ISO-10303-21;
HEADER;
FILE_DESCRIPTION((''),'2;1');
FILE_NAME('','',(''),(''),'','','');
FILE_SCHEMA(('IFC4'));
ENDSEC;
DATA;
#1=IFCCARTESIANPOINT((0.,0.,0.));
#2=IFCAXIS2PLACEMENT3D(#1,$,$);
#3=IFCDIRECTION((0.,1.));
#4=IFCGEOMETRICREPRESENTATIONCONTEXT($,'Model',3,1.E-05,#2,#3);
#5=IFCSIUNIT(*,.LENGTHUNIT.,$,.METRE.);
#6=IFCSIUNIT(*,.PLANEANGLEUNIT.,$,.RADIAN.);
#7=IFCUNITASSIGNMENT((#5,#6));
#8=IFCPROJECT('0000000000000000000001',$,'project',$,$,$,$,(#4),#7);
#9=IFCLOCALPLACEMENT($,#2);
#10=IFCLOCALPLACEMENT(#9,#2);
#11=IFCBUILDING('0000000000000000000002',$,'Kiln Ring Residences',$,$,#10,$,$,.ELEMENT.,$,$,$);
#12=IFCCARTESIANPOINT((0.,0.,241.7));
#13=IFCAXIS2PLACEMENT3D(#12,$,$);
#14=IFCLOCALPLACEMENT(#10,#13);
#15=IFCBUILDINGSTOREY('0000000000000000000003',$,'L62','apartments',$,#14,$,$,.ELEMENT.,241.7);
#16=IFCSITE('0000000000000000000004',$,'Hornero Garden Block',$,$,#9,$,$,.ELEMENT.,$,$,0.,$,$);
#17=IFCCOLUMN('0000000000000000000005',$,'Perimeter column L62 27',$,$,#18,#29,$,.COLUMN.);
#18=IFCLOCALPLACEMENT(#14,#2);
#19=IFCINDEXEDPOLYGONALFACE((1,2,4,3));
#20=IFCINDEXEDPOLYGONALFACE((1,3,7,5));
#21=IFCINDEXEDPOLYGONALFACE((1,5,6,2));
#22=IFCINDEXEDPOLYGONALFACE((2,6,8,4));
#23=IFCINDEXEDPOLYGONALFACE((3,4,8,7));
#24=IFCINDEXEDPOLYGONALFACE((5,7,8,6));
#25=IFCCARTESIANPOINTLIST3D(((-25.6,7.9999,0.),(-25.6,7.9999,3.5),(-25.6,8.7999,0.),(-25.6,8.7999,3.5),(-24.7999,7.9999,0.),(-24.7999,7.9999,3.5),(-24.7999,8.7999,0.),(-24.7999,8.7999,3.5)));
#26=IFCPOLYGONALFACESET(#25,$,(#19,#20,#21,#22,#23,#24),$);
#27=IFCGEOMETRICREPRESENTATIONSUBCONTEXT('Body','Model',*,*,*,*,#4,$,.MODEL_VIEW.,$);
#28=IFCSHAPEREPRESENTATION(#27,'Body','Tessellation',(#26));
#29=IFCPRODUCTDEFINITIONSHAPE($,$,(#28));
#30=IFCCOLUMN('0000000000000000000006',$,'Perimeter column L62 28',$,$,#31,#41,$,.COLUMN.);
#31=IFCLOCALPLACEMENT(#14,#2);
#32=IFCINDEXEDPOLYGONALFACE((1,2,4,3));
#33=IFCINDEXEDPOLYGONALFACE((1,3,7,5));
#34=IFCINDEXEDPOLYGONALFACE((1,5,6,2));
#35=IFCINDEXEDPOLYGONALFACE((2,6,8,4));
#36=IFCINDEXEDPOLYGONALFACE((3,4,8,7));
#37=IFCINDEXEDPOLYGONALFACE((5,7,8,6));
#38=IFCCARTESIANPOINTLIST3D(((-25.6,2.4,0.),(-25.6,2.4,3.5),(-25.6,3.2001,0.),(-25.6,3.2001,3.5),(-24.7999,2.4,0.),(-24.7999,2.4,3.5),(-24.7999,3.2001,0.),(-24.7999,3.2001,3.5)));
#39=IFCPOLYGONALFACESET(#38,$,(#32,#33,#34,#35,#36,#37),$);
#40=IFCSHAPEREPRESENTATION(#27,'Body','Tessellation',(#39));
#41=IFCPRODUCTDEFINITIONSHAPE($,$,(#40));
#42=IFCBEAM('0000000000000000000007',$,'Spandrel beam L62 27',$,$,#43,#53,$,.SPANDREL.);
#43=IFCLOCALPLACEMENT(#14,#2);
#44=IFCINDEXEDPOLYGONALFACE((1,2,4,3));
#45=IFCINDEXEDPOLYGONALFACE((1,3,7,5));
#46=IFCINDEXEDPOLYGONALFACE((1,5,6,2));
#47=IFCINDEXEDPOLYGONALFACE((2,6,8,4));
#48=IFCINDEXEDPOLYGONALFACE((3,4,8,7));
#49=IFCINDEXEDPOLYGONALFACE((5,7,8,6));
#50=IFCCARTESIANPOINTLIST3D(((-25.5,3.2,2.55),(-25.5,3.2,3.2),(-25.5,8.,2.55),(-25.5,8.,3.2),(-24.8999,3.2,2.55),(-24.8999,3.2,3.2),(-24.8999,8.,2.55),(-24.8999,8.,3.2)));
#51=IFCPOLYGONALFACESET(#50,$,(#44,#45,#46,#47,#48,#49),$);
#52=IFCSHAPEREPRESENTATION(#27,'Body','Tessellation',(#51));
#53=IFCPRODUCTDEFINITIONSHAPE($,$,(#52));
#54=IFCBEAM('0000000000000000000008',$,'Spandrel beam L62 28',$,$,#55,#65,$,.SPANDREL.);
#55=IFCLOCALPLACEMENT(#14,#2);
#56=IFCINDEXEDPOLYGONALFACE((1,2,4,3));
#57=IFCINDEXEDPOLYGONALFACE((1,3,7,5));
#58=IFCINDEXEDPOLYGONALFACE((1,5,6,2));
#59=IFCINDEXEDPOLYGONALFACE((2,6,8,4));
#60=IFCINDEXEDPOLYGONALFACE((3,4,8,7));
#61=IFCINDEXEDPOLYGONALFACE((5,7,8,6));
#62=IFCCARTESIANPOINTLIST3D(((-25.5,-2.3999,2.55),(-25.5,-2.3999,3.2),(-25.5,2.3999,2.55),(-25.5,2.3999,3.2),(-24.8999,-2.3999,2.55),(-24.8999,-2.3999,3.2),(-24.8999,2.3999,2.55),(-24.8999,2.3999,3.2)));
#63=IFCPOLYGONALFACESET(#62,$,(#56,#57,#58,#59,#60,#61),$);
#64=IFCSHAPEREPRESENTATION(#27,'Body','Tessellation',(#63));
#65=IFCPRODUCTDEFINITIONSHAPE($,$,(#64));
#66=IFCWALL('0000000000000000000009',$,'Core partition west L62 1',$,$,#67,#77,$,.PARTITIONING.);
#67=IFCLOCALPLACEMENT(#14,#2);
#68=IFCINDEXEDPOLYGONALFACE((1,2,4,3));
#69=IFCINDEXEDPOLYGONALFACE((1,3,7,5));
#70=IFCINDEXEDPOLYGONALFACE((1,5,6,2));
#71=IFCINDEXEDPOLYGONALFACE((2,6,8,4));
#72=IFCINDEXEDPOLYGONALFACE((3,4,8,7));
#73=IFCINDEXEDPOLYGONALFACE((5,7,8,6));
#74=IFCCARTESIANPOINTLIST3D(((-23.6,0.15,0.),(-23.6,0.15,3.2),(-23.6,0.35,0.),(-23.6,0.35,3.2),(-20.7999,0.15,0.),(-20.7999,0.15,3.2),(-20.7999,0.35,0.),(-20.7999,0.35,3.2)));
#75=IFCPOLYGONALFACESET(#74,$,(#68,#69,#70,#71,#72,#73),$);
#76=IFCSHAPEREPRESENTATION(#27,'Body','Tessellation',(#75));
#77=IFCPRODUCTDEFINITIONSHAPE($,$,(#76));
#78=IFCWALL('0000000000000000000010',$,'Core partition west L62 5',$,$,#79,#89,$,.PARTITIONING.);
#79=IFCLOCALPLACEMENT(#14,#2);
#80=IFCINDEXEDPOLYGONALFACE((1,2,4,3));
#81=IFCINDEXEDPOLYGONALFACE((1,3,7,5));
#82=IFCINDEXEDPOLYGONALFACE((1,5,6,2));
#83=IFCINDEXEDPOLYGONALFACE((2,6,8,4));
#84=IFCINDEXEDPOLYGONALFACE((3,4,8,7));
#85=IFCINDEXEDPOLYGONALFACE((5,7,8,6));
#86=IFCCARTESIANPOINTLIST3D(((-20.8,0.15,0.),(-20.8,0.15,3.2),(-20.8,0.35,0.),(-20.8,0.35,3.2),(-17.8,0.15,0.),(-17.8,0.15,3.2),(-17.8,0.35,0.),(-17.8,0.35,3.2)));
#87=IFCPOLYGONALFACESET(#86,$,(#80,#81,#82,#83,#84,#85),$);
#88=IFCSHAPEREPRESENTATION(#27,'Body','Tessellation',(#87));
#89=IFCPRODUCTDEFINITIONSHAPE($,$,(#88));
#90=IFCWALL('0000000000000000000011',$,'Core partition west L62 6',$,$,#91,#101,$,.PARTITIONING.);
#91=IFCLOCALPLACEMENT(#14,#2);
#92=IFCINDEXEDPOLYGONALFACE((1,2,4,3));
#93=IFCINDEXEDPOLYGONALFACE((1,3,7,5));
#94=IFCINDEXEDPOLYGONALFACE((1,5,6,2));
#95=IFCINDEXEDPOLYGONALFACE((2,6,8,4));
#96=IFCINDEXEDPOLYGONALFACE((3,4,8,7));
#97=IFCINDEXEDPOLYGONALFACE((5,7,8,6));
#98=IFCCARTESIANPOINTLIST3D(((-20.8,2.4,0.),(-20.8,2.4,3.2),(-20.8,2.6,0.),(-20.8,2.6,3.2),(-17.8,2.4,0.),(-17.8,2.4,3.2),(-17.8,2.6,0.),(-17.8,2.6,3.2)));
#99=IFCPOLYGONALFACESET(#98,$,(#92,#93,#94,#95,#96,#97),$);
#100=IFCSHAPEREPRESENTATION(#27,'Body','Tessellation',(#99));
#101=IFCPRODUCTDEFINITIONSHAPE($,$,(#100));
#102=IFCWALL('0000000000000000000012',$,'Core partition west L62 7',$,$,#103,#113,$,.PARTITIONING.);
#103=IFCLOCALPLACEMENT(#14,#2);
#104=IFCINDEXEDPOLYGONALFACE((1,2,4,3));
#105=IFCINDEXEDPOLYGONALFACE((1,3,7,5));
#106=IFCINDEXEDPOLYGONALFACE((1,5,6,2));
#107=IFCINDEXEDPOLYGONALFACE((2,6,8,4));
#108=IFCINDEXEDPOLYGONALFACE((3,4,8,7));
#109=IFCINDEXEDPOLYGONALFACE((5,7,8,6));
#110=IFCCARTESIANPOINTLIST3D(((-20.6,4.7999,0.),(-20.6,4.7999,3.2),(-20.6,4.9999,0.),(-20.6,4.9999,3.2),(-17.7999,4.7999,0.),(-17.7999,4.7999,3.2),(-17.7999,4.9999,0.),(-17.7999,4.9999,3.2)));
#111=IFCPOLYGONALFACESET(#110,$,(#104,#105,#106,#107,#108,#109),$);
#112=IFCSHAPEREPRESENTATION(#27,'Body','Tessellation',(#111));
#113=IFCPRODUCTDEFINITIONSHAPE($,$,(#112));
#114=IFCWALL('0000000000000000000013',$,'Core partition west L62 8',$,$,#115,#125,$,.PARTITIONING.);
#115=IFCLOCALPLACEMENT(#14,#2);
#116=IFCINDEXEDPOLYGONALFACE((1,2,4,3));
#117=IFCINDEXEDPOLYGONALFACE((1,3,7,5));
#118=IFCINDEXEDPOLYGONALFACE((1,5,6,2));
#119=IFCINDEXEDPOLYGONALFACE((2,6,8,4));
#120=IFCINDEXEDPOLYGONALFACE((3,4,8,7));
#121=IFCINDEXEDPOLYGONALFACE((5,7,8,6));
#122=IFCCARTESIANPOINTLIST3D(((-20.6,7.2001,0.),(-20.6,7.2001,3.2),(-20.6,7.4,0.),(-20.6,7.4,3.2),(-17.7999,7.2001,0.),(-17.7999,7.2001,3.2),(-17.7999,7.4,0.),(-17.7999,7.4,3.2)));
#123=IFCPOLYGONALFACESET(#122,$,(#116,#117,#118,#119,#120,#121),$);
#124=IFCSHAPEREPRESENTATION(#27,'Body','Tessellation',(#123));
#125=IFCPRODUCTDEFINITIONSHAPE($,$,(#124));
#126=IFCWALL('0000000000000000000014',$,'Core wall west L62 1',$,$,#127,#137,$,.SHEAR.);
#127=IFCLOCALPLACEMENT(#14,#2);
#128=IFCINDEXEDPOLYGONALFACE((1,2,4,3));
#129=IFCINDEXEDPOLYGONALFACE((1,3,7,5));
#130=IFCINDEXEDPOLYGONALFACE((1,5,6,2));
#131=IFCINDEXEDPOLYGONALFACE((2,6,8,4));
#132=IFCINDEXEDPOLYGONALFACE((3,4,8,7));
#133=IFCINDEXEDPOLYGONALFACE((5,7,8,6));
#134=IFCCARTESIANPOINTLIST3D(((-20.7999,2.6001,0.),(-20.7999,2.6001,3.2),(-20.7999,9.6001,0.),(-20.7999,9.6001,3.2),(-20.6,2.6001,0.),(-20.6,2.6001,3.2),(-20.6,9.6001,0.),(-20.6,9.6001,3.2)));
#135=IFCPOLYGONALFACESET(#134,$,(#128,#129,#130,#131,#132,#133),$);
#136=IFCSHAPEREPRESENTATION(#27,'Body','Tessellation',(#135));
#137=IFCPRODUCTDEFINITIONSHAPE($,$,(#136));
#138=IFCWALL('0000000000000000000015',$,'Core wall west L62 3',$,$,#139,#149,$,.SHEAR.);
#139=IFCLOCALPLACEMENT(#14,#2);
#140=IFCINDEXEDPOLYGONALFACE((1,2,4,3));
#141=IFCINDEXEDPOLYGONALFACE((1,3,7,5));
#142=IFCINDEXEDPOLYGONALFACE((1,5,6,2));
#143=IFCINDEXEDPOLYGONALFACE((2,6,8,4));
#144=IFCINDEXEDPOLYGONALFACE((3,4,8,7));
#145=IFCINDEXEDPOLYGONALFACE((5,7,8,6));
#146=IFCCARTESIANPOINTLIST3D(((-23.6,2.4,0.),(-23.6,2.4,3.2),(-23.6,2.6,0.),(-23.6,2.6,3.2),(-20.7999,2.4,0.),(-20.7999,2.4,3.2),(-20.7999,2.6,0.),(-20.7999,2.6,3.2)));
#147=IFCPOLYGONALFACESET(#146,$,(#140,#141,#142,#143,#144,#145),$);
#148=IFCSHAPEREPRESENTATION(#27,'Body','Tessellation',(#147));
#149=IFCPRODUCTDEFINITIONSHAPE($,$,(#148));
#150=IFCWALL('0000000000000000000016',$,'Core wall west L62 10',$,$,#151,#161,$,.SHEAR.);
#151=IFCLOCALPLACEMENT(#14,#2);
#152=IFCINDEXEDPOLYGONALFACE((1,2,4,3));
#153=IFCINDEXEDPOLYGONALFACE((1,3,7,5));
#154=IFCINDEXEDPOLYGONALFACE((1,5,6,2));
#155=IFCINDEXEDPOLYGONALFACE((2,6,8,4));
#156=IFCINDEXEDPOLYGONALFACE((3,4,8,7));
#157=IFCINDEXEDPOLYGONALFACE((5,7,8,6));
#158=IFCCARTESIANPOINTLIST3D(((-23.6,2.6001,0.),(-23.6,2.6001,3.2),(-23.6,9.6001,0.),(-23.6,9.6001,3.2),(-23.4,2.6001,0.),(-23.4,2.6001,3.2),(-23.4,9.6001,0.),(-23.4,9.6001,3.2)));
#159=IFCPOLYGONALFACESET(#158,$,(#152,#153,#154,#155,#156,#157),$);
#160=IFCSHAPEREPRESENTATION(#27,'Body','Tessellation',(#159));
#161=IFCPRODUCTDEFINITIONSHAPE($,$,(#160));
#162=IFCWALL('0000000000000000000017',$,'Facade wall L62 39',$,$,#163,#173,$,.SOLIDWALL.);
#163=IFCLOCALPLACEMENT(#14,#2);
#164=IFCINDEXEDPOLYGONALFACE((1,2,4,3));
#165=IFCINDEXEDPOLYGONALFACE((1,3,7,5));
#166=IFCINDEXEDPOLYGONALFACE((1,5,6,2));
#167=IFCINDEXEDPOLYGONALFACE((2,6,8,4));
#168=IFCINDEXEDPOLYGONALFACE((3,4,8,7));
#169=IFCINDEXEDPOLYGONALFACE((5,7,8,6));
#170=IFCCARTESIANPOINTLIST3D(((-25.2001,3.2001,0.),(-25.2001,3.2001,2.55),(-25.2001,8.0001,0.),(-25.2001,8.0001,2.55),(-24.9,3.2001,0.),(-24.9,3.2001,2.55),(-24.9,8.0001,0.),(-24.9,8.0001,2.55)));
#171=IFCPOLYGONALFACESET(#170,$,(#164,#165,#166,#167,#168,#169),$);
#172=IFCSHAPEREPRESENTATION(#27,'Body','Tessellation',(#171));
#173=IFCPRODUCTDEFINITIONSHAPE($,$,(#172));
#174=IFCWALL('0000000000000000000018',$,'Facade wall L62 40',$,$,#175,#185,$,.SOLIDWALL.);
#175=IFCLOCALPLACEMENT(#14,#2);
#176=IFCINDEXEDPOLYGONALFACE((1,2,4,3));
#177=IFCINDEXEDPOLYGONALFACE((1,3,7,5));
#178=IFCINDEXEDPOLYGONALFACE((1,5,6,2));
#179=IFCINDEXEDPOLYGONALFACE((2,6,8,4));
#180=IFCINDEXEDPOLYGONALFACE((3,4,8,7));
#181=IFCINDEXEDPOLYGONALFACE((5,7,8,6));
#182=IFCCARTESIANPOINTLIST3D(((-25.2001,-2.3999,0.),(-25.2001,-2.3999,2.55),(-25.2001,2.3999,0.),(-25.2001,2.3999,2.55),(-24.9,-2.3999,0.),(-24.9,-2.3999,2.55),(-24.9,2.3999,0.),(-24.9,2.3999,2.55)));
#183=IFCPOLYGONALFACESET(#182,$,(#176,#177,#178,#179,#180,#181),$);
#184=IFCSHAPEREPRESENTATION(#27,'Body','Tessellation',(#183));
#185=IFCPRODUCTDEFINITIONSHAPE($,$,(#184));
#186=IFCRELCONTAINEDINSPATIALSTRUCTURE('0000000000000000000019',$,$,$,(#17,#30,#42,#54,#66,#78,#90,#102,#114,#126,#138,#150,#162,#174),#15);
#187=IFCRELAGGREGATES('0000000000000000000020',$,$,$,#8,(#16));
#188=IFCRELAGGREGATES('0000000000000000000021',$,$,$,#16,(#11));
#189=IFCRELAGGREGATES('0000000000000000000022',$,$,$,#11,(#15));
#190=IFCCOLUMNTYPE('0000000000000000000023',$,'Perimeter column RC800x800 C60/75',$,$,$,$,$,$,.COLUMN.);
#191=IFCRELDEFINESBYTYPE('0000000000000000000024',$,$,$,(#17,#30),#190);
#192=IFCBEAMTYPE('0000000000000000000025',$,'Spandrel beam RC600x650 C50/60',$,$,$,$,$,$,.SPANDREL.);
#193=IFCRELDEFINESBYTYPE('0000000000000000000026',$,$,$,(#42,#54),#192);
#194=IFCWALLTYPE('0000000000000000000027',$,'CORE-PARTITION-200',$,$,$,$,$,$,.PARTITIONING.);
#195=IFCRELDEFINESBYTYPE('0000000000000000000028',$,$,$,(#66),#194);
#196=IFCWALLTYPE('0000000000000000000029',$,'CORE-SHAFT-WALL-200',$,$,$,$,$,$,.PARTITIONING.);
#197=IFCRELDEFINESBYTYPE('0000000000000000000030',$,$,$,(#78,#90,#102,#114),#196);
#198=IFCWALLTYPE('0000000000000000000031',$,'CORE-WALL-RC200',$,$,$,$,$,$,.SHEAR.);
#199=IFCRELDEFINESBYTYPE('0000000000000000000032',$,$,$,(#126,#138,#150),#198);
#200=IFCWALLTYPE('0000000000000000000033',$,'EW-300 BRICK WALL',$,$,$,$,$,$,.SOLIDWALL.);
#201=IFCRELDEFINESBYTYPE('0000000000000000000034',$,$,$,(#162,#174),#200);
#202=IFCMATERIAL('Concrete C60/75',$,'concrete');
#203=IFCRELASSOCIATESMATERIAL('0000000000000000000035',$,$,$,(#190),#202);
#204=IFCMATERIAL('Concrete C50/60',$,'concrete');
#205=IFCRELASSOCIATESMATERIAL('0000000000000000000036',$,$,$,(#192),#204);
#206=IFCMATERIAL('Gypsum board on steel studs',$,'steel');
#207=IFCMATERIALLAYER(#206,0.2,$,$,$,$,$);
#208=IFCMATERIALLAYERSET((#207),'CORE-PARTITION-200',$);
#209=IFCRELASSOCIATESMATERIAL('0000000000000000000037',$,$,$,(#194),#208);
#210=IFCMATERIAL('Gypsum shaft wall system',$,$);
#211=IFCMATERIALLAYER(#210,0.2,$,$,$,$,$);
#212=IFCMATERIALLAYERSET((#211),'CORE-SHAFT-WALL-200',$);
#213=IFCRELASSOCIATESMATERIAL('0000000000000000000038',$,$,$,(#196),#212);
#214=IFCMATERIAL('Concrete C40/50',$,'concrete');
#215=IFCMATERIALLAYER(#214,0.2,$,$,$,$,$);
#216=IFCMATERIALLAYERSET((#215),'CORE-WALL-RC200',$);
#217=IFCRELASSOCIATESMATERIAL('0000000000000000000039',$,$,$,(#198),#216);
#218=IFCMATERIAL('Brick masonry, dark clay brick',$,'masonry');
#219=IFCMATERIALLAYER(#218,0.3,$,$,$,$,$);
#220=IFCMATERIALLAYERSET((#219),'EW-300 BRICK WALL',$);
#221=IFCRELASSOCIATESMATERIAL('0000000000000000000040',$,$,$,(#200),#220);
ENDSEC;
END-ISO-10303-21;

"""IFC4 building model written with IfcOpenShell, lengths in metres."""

from ifc_helpers import new_model, si_unit, direction, frame, frame_2d, origin, origin_2d, place, context, subcontext, project, spatial, rectangle, extrude, material, layer, layer_set, material_profile, profile_set, type_object, element, save


model = new_model("IFC4")

# Units and contexts
model_context = context("Model", 3, precision=1e-05, world=origin(), true_north=direction((0.0, 1.0)))
body_context = subcontext(model_context, "Body", "Model", "MODEL_VIEW")
ifc_project = project(units=[si_unit("LENGTHUNIT", "METRE"), si_unit("PLANEANGLEUNIT", "RADIAN")], contexts=[model_context])

# Site, building, storey
site_placement = place(None, origin())
site = spatial("IfcSite", under=ifc_project, at=site_placement, Name="Hornero Garden Block", CompositionType="ELEMENT", RefElevation=0.0)
building_placement = place(site_placement, origin())
building = spatial("IfcBuilding", under=site, at=building_placement, Name="Kiln Ring Residences", CompositionType="ELEMENT")
storey_placement = place(building_placement, frame((0.0, 0.0, 241.7)))
storey = spatial("IfcBuildingStorey", under=building, at=storey_placement, Name="L62", Description="apartments", CompositionType="ELEMENT", Elevation=241.7)

# Columns
ifc_material_1 = material(Name="Concrete C60/75", Category="concrete")
ifc_material_profile_1 = material_profile(ifc_material_1, rectangle(XDim=0.8, YDim=0.8, at=origin_2d()), Name="RC800x800")
ifc_profile_set_1 = profile_set([ifc_material_profile_1], Name="Concrete C60/75")
column_type = type_object("IfcColumnType", Name="Perimeter column RC800x800 C60/75", PredefinedType="COLUMN", material=ifc_profile_set_1)
for number, where, z_axis, x_axis, name in (
    (1, (-25.2, 8.3999, 0.0), (0.0, 0.0, 1.0), (1.0, 0.0, 0.0), "Perimeter column L62 27"),
    (2, (-25.2, 2.8, 0.0), (0.0, 0.0, 1.0), (1.0, 0.0, 0.0), "Perimeter column L62 28"),
):
    element("IfcColumn", number, at=place(storey_placement, frame(where, z_axis=z_axis, x_axis=x_axis)), inside=storey, type_object=column_type, Name=name, PredefinedType="COLUMN", context=body_context, shape_type="SweptSolid", body=[
        extrude(rectangle(XDim=0.8, YDim=0.8, at=origin_2d()), origin(), (0.0, 0.0, 1.0), 3.5),
    ])

# Beams
ifc_material_2 = material(Name="Concrete C50/60", Category="concrete")
ifc_material_profile_2 = material_profile(ifc_material_2, rectangle(XDim=0.6001, YDim=0.6499, at=origin_2d()), Name="RC600x650")
ifc_profile_set_2 = profile_set([ifc_material_profile_2], Name="Concrete C50/60")
beam_type = type_object("IfcBeamType", Name="Spandrel beam RC600x650 C50/60", PredefinedType="SPANDREL", material=ifc_profile_set_2)
beam_1_placement = place(storey_placement, frame((-25.2, 8.0, 2.875), z_axis=(0.0, -1.0, 0.0), x_axis=(1.0, 0.0, 0.0)))
element("IfcBeam", 3, at=beam_1_placement, inside=storey, type_object=beam_type, Name="Spandrel beam L62 27", PredefinedType="SPANDREL", context=body_context, shape_type="SweptSolid", body=[
    extrude(rectangle(XDim=0.6001, YDim=0.6499, at=origin_2d()), origin(), (0.0, 0.0, 1.0), 4.8),
])
beam_2_placement = place(storey_placement, frame((-25.2, 2.3999, 2.875), z_axis=(0.0, -1.0, 0.0), x_axis=(1.0, 0.0, 0.0)))
element("IfcBeam", 4, at=beam_2_placement, inside=storey, type_object=beam_type, Name="Spandrel beam L62 28", PredefinedType="SPANDREL", context=body_context, shape_type="SweptSolid", body=[
    extrude(rectangle(XDim=0.6001, YDim=0.6499, at=origin_2d()), origin(), (0.0, 0.0, 1.0), 4.7998),
])

# Walls
ifc_material_3 = material(Name="Gypsum board on steel studs", Category="steel")
ifc_layer_1 = layer(ifc_material_3, 0.2)
ifc_layer_set_1 = layer_set([ifc_layer_1], Name="CORE-PARTITION-200")
wall_type_1 = type_object("IfcWallType", Name="CORE-PARTITION-200", PredefinedType="PARTITIONING", material=ifc_layer_set_1)
wall_1_placement = place(storey_placement, frame((-20.8, 0.25, 0.0), z_axis=(0.0, 0.0, 1.0), x_axis=(-1.0, 0.0, 0.0)))
element("IfcWall", 5, at=wall_1_placement, inside=storey, type_object=wall_type_1, Name="Core partition west L62 1", PredefinedType="PARTITIONING", context=body_context, shape_type="SweptSolid", body=[
    extrude(rectangle(XDim=2.8, YDim=0.2, at=frame_2d((1.3999, 0.0))), origin(), (0.0, 0.0, 1.0), 3.2),
])
ifc_material_4 = material(Name="Gypsum shaft wall system")
ifc_layer_2 = layer(ifc_material_4, 0.2)
ifc_layer_set_2 = layer_set([ifc_layer_2], Name="CORE-SHAFT-WALL-200")
wall_type_2 = type_object("IfcWallType", Name="CORE-SHAFT-WALL-200", PredefinedType="PARTITIONING", material=ifc_layer_set_2)
for number, where, z_axis, x_axis, name in (
    (6, (-17.8, 0.25, 0.0), (0.0, 0.0, 1.0), (-1.0, 0.0, 0.0), "Core partition west L62 5"),
    (7, (-17.8, 2.5, 0.0), (0.0, 0.0, 1.0), (-1.0, 0.0, 0.0), "Core partition west L62 6"),
):
    element("IfcWall", number, at=place(storey_placement, frame(where, z_axis=z_axis, x_axis=x_axis)), inside=storey, type_object=wall_type_2, Name=name, PredefinedType="PARTITIONING", context=body_context, shape_type="SweptSolid", body=[
        extrude(rectangle(XDim=3.0, YDim=0.2, at=frame_2d((1.5, 0.0))), origin(), (0.0, 0.0, 1.0), 3.2),
    ])
for number, where, z_axis, x_axis, name in (
    (8, (-17.8, 4.8999, 0.0), (0.0, 0.0, 1.0), (-1.0, 0.0, 0.0), "Core partition west L62 7"),
    (9, (-17.8, 7.3, 0.0), (0.0, 0.0, 1.0), (-1.0, 0.0, 0.0), "Core partition west L62 8"),
):
    element("IfcWall", number, at=place(storey_placement, frame(where, z_axis=z_axis, x_axis=x_axis)), inside=storey, type_object=wall_type_2, Name=name, PredefinedType="PARTITIONING", context=body_context, shape_type="SweptSolid", body=[
        extrude(rectangle(XDim=2.8, YDim=0.2, at=frame_2d((1.3999, 0.0))), origin(), (0.0, 0.0, 1.0), 3.2),
    ])
ifc_material_5 = material(Name="Concrete C40/50", Category="concrete")
ifc_layer_3 = layer(ifc_material_5, 0.2)
ifc_layer_set_3 = layer_set([ifc_layer_3], Name="CORE-WALL-RC200")
wall_type_3 = type_object("IfcWallType", Name="CORE-WALL-RC200", PredefinedType="SHEAR", material=ifc_layer_set_3)
wall_2_placement = place(storey_placement, frame((-20.7, 2.6001, 0.0), z_axis=(0.0, 0.0, 1.0), x_axis=(0.0, 1.0, 0.0)))
element("IfcWall", 10, at=wall_2_placement, inside=storey, type_object=wall_type_3, Name="Core wall west L62 1", PredefinedType="SHEAR", context=body_context, shape_type="SweptSolid", body=[
    extrude(rectangle(XDim=7.0, YDim=0.2, at=frame_2d((3.5, 0.0))), origin(), (0.0, 0.0, 1.0), 3.2),
])
wall_3_placement = place(storey_placement, frame((-20.8, 2.5, 0.0), z_axis=(0.0, 0.0, 1.0), x_axis=(-1.0, 0.0, 0.0)))
element("IfcWall", 11, at=wall_3_placement, inside=storey, type_object=wall_type_3, Name="Core wall west L62 3", PredefinedType="SHEAR", context=body_context, shape_type="SweptSolid", body=[
    extrude(rectangle(XDim=2.8, YDim=0.2, at=frame_2d((1.3999, 0.0))), origin(), (0.0, 0.0, 1.0), 3.2),
])
wall_4_placement = place(storey_placement, frame((-23.5, 2.6001, 0.0), z_axis=(0.0, 0.0, 1.0), x_axis=(0.0, 1.0, 0.0)))
element("IfcWall", 12, at=wall_4_placement, inside=storey, type_object=wall_type_3, Name="Core wall west L62 10", PredefinedType="SHEAR", context=body_context, shape_type="SweptSolid", body=[
    extrude(rectangle(XDim=7.0, YDim=0.2, at=frame_2d((3.5, 0.0))), origin(), (0.0, 0.0, 1.0), 3.2),
])
ifc_material_6 = material(Name="Brick masonry, dark clay brick", Category="masonry")
ifc_layer_4 = layer(ifc_material_6, 0.3)
ifc_layer_set_4 = layer_set([ifc_layer_4], Name="EW-300 BRICK WALL")
wall_type_4 = type_object("IfcWallType", Name="EW-300 BRICK WALL", PredefinedType="SOLIDWALL", material=ifc_layer_set_4)
wall_5_placement = place(storey_placement, frame((-25.05, 8.0, 0.0), z_axis=(0.0, 0.0, 1.0), x_axis=(0.0, -1.0, 0.0)))
element("IfcWall", 13, at=wall_5_placement, inside=storey, type_object=wall_type_4, Name="Facade wall L62 39", PredefinedType="SOLIDWALL", context=body_context, shape_type="SweptSolid", body=[
    extrude(rectangle(XDim=4.8, YDim=0.3, at=frame_2d((2.3999, 0.0))), origin(), (0.0, 0.0, 1.0), 2.55),
])
wall_6_placement = place(storey_placement, frame((-25.05, 2.3999, 0.0), z_axis=(0.0, 0.0, 1.0), x_axis=(0.0, -1.0, 0.0)))
element("IfcWall", 14, at=wall_6_placement, inside=storey, type_object=wall_type_4, Name="Facade wall L62 40", PredefinedType="SOLIDWALL", context=body_context, shape_type="SweptSolid", body=[
    extrude(rectangle(XDim=4.7998, YDim=0.3, at=frame_2d((2.3999, 0.0))), origin(), (0.0, 0.0, 1.0), 2.55),
])

save(model, "model.ifc")
